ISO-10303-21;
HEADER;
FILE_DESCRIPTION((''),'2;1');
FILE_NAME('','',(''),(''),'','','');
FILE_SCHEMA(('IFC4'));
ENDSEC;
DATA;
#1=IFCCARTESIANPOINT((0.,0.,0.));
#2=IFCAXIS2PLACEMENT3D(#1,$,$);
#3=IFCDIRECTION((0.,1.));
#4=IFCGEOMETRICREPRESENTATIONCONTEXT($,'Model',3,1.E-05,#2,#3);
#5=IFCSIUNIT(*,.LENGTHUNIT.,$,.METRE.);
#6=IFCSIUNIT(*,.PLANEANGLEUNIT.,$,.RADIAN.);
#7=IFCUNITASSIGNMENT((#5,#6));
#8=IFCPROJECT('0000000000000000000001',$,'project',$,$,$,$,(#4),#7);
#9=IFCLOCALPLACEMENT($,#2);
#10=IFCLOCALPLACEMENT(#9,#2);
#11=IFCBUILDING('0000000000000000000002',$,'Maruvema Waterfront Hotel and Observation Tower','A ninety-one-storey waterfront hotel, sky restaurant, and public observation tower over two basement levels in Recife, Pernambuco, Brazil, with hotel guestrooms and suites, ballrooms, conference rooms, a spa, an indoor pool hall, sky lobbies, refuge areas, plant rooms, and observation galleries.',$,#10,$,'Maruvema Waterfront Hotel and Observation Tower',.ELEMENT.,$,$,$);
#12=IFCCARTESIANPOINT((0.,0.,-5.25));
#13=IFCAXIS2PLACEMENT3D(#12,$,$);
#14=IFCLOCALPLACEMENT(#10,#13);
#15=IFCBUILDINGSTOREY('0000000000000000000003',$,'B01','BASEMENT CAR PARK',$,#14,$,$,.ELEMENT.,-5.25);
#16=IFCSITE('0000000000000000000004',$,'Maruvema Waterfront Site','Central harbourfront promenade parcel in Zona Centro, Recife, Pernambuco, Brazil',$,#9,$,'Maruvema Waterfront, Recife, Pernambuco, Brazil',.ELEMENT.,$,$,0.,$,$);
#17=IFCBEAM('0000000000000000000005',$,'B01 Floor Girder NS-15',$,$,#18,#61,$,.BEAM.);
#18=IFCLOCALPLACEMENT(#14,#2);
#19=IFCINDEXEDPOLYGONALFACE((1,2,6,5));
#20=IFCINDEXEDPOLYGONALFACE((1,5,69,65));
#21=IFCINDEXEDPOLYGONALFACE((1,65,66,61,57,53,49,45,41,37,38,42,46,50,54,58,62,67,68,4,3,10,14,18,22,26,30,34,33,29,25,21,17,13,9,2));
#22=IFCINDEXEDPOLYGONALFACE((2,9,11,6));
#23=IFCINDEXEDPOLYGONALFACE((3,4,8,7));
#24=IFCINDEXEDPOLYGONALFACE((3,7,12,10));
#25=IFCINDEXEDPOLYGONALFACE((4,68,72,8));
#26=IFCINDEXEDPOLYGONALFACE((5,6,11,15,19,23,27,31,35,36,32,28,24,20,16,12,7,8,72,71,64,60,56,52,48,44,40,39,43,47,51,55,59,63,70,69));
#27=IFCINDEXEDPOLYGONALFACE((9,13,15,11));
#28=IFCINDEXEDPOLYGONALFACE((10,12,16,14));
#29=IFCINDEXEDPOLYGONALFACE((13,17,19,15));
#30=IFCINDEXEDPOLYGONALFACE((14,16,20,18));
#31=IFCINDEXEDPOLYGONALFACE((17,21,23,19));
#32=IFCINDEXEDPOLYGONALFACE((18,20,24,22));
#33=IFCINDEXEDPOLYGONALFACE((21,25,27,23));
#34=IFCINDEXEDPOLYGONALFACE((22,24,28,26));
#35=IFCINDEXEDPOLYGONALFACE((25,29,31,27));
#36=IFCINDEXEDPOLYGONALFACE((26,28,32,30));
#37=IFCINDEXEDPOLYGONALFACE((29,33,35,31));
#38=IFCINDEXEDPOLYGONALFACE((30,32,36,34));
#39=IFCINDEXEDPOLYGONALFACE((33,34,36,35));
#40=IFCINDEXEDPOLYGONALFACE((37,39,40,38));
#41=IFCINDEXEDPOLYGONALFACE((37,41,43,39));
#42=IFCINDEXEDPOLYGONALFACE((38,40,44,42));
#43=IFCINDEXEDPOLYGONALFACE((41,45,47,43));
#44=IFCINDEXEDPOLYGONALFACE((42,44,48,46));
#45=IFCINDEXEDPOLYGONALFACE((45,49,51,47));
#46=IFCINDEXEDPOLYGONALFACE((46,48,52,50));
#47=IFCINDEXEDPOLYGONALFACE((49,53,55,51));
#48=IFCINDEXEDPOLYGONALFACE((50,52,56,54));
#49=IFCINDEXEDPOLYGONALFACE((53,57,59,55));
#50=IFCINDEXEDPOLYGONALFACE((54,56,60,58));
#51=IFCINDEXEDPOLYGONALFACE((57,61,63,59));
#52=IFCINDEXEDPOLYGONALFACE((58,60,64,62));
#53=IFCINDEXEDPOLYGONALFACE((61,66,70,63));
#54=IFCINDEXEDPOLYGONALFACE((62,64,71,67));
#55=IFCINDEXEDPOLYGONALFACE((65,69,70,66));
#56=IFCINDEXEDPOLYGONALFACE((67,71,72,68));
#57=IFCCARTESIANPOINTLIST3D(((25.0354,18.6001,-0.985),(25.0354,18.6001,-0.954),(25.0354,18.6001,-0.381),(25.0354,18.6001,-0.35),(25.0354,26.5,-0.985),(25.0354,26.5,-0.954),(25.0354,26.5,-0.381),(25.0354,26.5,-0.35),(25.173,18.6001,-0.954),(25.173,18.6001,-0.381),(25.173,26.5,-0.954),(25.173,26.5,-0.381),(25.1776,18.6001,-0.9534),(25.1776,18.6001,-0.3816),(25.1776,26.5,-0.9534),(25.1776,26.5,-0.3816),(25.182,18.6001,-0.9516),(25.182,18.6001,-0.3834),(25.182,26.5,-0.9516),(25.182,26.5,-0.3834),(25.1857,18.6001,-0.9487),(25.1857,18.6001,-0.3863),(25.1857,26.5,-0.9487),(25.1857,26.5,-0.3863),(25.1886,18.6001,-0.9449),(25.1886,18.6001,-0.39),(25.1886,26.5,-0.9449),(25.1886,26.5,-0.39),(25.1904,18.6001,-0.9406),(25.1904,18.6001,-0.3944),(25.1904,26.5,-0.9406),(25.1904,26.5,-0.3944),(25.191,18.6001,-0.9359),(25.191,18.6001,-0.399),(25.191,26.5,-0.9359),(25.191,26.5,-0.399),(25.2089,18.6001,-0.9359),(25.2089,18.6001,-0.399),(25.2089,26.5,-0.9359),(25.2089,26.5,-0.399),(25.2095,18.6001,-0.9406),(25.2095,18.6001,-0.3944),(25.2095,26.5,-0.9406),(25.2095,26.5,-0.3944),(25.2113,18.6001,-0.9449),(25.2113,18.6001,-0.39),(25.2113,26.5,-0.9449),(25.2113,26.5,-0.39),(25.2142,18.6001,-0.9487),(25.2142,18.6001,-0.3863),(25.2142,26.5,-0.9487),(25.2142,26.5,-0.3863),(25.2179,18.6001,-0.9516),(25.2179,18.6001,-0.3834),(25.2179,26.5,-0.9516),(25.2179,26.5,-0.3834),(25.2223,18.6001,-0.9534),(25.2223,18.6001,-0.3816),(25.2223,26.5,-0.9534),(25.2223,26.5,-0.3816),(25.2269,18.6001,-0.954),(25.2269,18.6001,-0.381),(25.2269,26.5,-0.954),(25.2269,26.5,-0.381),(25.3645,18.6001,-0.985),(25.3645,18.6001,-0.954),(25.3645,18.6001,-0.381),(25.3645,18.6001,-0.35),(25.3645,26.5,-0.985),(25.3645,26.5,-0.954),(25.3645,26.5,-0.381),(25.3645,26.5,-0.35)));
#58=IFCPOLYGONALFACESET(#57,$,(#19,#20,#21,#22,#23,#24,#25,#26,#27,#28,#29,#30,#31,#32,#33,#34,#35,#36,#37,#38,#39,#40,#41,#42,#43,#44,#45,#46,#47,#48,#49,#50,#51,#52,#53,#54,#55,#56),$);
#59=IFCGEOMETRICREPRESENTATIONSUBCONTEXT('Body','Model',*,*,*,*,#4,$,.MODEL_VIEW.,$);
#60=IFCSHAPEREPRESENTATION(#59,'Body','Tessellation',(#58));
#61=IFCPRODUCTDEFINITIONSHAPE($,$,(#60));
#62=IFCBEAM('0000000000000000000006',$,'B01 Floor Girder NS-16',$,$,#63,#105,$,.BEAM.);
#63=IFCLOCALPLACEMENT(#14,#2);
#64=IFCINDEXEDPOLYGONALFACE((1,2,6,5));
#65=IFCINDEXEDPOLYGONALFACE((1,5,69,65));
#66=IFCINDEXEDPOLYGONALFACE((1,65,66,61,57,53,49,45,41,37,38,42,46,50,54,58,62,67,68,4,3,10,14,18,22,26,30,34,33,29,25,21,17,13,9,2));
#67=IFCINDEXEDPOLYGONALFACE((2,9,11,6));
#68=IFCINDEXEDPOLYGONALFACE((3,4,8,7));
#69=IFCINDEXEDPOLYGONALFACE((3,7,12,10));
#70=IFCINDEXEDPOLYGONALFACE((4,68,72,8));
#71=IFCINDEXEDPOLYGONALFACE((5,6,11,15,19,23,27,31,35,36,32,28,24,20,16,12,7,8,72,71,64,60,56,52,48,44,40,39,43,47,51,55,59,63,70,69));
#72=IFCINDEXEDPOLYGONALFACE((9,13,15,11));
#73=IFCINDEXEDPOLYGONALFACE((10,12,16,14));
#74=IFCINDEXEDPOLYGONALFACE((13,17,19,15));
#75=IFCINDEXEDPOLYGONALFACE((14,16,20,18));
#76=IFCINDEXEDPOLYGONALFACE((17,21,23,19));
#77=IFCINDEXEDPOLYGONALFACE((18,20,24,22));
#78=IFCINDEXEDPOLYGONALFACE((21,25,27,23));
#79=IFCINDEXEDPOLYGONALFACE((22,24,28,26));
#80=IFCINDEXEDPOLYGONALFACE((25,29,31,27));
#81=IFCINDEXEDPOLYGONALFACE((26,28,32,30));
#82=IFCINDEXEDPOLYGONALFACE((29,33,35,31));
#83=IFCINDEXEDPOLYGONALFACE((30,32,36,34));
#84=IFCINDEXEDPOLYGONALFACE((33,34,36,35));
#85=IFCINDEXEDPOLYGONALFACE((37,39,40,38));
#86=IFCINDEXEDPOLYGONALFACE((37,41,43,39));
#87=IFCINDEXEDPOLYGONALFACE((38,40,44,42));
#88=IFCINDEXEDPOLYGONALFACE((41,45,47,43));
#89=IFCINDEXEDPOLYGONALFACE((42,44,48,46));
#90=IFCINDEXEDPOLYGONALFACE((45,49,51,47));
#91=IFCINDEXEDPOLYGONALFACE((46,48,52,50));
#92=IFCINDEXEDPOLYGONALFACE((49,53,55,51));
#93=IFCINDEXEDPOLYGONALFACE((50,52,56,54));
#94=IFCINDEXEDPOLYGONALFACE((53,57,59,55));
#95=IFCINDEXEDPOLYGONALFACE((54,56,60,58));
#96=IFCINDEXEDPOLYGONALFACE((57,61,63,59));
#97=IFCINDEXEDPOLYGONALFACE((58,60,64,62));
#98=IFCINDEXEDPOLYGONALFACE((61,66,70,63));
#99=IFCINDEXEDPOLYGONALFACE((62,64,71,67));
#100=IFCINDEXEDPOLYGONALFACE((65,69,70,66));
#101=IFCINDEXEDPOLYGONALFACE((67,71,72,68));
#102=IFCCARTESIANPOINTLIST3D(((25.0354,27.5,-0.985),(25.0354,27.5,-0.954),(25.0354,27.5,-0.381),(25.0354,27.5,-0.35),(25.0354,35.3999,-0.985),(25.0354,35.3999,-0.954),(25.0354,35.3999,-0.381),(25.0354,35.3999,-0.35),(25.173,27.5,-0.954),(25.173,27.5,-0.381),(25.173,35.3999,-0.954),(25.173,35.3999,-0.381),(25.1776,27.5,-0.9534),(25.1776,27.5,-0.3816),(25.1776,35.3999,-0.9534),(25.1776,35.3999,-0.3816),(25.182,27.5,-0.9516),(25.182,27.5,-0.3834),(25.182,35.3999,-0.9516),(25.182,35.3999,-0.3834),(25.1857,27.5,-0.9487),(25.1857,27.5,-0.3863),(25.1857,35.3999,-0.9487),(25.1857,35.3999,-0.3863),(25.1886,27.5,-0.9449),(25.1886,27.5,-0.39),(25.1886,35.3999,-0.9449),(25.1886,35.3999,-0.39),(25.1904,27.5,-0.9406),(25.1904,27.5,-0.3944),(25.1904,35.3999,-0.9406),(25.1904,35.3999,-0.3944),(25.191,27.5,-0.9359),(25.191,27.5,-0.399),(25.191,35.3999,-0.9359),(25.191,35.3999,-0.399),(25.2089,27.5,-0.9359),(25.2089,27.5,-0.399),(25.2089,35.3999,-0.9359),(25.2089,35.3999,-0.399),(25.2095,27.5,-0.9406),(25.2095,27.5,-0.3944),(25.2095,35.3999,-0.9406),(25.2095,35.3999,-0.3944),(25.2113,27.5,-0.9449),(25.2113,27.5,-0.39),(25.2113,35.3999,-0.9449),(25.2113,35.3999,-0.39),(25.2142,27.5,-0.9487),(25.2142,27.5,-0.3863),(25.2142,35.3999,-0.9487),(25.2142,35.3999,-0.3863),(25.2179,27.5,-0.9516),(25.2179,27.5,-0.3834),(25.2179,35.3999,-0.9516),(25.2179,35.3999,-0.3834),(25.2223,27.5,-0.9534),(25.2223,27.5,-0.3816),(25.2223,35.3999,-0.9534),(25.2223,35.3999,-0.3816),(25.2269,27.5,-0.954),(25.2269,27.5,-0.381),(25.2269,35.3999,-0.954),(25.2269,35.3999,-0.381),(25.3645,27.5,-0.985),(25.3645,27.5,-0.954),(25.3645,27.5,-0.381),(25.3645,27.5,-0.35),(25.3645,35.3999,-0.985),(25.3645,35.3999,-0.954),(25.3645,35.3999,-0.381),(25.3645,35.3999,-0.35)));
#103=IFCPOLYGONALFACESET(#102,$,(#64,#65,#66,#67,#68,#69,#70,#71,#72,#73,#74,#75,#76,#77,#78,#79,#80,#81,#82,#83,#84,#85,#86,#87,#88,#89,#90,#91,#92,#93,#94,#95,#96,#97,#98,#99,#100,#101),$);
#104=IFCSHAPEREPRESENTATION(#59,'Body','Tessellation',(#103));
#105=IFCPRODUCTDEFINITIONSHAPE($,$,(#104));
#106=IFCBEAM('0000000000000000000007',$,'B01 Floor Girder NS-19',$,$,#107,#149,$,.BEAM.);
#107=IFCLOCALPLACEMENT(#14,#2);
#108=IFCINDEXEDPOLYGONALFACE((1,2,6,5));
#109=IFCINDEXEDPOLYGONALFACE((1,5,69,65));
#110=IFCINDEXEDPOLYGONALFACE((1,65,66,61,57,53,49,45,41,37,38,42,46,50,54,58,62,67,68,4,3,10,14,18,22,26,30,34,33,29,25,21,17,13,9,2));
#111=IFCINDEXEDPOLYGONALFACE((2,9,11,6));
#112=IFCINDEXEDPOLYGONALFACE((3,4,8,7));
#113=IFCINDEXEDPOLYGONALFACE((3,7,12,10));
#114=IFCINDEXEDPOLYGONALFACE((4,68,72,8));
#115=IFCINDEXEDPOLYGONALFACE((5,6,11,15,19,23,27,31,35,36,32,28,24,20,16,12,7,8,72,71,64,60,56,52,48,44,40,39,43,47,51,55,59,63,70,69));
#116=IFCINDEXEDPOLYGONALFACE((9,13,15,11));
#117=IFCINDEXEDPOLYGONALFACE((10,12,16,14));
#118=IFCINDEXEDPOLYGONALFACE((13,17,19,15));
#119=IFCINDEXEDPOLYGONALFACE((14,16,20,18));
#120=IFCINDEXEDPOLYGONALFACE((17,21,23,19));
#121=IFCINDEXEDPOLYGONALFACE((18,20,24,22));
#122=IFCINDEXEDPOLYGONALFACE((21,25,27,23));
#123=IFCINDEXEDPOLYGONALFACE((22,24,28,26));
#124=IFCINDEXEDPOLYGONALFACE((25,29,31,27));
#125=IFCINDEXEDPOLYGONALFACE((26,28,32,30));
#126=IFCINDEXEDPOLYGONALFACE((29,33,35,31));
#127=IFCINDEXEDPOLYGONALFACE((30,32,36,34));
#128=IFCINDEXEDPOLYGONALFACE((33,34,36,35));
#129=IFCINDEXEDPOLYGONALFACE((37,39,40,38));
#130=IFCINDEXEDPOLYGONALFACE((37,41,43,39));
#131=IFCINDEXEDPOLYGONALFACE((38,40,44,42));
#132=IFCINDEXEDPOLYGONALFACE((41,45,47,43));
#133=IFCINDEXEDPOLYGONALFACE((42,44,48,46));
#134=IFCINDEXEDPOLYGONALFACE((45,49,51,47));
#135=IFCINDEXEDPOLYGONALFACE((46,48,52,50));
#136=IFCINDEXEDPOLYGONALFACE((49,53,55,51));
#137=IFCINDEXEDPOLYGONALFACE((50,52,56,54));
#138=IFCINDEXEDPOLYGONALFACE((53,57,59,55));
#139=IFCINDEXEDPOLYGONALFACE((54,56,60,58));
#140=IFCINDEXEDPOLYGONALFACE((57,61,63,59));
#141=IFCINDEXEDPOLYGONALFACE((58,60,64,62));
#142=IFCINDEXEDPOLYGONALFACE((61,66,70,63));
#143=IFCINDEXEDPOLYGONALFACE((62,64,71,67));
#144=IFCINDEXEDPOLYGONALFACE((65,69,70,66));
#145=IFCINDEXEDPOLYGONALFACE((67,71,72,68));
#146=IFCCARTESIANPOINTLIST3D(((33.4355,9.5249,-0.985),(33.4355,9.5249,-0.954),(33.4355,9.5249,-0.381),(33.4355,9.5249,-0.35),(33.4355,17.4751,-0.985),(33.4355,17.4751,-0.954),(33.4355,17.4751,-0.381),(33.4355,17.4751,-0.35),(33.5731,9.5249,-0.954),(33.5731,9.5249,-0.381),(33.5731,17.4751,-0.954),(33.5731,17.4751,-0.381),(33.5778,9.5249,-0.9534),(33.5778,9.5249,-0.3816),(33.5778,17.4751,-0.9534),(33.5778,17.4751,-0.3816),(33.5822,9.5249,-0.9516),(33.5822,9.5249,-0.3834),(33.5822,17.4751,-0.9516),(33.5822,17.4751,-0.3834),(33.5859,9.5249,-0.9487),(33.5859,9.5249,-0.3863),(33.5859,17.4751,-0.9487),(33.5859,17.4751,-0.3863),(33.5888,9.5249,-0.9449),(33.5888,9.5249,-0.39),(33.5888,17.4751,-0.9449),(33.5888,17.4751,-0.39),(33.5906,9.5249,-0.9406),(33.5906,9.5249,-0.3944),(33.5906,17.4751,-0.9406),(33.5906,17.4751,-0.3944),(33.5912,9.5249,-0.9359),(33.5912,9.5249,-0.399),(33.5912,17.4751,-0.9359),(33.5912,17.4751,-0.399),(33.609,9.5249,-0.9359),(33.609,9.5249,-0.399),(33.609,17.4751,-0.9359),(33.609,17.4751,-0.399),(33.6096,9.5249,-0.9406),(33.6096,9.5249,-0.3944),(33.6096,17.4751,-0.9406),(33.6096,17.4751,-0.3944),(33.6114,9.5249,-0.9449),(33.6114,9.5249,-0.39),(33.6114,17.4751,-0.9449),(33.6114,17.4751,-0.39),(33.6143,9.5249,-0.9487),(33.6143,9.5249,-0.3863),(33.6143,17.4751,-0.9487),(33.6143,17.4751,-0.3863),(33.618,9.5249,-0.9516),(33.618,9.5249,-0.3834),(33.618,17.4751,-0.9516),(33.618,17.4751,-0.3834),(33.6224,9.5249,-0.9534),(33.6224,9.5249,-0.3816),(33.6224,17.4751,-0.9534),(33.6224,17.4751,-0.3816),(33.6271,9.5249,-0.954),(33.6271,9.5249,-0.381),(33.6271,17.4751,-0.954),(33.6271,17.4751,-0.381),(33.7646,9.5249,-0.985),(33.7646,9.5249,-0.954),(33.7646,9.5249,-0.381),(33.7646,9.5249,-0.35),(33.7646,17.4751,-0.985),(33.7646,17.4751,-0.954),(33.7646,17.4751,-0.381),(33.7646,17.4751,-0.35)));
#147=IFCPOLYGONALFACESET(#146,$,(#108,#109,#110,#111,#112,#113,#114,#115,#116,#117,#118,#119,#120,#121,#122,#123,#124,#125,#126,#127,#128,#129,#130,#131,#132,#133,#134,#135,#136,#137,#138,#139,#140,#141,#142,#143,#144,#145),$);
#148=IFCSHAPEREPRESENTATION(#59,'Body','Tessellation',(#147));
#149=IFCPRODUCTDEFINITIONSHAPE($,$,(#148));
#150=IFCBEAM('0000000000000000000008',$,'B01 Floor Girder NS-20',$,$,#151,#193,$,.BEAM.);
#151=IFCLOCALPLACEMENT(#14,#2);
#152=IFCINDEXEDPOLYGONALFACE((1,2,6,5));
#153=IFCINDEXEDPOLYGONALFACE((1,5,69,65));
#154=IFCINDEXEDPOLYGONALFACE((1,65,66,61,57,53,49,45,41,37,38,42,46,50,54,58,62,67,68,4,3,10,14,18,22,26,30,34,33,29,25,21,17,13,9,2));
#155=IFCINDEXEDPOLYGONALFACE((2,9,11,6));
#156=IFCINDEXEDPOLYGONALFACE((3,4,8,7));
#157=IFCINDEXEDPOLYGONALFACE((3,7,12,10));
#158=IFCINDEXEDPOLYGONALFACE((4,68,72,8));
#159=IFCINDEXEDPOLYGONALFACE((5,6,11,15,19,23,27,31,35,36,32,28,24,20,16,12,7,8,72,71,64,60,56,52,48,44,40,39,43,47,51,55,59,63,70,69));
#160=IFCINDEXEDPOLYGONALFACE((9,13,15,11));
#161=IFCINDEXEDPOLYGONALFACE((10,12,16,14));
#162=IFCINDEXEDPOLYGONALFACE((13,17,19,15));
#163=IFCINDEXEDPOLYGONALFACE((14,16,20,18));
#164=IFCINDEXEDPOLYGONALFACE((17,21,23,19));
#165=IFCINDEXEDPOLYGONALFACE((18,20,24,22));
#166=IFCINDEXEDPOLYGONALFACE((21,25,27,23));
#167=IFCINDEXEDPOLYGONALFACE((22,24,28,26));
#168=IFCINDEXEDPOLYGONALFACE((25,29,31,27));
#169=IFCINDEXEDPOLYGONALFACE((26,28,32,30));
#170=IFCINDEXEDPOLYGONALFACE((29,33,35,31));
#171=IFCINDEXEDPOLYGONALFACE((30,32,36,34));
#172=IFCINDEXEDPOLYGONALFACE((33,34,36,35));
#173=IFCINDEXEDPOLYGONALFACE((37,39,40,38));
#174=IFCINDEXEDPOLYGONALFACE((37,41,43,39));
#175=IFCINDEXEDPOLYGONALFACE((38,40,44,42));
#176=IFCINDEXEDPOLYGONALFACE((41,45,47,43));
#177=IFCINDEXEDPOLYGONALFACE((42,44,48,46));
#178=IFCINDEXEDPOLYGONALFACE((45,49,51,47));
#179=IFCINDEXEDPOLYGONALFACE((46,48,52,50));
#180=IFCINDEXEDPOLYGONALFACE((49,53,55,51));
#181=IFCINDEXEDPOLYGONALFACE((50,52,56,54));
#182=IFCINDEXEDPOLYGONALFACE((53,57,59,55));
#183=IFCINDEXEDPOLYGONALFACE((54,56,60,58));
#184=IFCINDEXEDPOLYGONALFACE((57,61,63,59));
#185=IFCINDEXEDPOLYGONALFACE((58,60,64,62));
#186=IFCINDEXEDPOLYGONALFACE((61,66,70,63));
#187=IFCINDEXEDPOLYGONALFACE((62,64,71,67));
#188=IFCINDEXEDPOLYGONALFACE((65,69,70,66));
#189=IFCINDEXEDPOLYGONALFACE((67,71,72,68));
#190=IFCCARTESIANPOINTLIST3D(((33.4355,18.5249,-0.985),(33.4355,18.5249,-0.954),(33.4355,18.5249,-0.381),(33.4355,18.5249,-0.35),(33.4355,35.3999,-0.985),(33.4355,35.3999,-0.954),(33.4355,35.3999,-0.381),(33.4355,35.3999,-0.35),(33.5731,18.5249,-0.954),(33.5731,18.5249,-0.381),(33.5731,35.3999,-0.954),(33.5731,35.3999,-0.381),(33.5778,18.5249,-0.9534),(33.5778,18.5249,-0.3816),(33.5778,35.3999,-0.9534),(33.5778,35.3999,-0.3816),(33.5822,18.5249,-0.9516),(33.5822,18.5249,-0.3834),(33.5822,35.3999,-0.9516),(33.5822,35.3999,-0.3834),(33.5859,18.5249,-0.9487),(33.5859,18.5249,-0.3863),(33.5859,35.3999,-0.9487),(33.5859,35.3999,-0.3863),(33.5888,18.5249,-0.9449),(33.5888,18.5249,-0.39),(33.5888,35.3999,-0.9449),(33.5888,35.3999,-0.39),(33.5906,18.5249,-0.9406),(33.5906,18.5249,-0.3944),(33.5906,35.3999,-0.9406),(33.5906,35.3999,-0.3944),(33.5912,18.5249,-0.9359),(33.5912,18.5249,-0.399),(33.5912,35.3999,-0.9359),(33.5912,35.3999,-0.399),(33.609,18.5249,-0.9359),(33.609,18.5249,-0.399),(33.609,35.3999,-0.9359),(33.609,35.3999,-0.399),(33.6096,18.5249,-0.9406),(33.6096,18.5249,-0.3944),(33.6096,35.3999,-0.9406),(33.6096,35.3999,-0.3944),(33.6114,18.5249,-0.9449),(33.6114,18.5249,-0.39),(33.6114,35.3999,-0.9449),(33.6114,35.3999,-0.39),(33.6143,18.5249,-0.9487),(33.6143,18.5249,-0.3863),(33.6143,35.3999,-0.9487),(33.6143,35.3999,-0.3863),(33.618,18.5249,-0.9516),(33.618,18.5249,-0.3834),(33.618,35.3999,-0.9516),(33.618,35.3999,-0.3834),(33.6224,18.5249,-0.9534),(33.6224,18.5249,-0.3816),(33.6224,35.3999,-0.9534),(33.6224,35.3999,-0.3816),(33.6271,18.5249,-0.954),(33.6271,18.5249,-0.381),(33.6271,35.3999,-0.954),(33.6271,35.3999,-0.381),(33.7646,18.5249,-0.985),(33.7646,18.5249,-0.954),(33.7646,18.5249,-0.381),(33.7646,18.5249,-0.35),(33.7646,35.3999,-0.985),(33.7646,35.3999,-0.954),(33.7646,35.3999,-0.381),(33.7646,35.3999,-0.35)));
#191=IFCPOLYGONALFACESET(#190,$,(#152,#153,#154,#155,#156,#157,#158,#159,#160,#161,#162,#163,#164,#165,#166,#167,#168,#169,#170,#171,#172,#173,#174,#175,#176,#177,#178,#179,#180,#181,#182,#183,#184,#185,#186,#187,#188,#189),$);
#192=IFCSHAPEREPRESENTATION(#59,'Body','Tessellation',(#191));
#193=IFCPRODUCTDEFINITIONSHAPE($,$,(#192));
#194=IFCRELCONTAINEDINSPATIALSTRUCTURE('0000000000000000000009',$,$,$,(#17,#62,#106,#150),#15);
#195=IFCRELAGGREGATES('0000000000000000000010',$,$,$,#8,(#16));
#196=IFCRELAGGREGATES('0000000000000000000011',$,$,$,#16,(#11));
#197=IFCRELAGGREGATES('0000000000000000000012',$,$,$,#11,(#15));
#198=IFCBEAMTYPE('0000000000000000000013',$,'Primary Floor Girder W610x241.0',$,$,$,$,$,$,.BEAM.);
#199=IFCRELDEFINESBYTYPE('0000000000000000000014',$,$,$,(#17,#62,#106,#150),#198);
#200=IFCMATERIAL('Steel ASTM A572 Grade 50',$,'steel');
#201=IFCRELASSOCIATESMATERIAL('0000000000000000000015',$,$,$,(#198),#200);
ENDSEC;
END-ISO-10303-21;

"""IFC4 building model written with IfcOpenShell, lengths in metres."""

from ifc_helpers import new_model, si_unit, direction, frame, origin, origin_2d, place, context, subcontext, project, spatial, i_section, extrude, material, material_profile, profile_set, type_object, element, save


model = new_model("IFC4")

# Units and contexts
model_context = context("Model", 3, precision=1e-05, world=origin(), true_north=direction((0.0, 1.0)))
body_context = subcontext(model_context, "Body", "Model", "MODEL_VIEW")
ifc_project = project(units=[si_unit("LENGTHUNIT", "METRE"), si_unit("PLANEANGLEUNIT", "RADIAN")], contexts=[model_context])

# Site, building, storey
site_placement = place(None, origin())
site = spatial("IfcSite", under=ifc_project, at=site_placement, Name="Maruvema Waterfront Site", Description="Central harbourfront promenade parcel in Zona Centro, Recife, Pernambuco, Brazil", LongName="Maruvema Waterfront, Recife, Pernambuco, Brazil", CompositionType="ELEMENT", RefElevation=0.0)
building_placement = place(site_placement, origin())
building = spatial("IfcBuilding", under=site, at=building_placement, Name="Maruvema Waterfront Hotel and Observation Tower", Description="A ninety-one-storey waterfront hotel, sky restaurant, and public observation tower over two basement levels in Recife, Pernambuco, Brazil, with hotel guestrooms and suites, ballrooms, conference rooms, a spa, an indoor pool hall, sky lobbies, refuge areas, plant rooms, and observation galleries.", LongName="Maruvema Waterfront Hotel and Observation Tower", CompositionType="ELEMENT")
storey_placement = place(building_placement, frame((0.0, 0.0, -5.25)))
storey = spatial("IfcBuildingStorey", under=building, at=storey_placement, Name="B01", Description="BASEMENT CAR PARK", CompositionType="ELEMENT", Elevation=-5.25)

# Beams
ifc_material_1 = material(Name="Steel ASTM A572 Grade 50", Category="steel")
ifc_material_profile_1 = material_profile(ifc_material_1, i_section(OverallWidth=0.3291, OverallDepth=0.635, WebThickness=0.0178, FlangeThickness=0.031, FilletRadius=0.0181, at=origin_2d()), Name="W610x241.0")
ifc_profile_set_1 = profile_set([ifc_material_profile_1], Name="Steel ASTM A572 Grade 50")
beam_type_1 = type_object("IfcBeamType", Name="Primary Floor Girder W610x241.0", PredefinedType="BEAM", material=ifc_profile_set_1)
for number, where, z_axis, x_axis, name in (
    (1, (25.2, 18.6001, -0.6675), (0.0, 1.0, 0.0), (-1.0, 0.0, 0.0), "B01 Floor Girder NS-15"),
    (2, (25.2, 27.5, -0.6675), (0.0, 1.0, 0.0), (-1.0, 0.0, 0.0), "B01 Floor Girder NS-16"),
):
    element("IfcBeam", number, at=place(storey_placement, frame(where, z_axis=z_axis, x_axis=x_axis)), inside=storey, type_object=beam_type_1, Name=name, PredefinedType="BEAM", context=body_context, shape_type="SweptSolid", body=[
        extrude(i_section(OverallWidth=0.3291, OverallDepth=0.635, WebThickness=0.0178, FlangeThickness=0.031, FilletRadius=0.0181, at=origin_2d()), origin(), (0.0, 0.0, 1.0), 7.8999),
    ])
beam_1_placement = place(storey_placement, frame((33.6001, 9.5249, -0.6675), z_axis=(0.0, 1.0, 0.0), x_axis=(-1.0, 0.0, 0.0)))
element("IfcBeam", 3, at=beam_1_placement, inside=storey, type_object=beam_type_1, Name="B01 Floor Girder NS-19", PredefinedType="BEAM", context=body_context, shape_type="SweptSolid", body=[
    extrude(i_section(OverallWidth=0.3291, OverallDepth=0.635, WebThickness=0.0178, FlangeThickness=0.031, FilletRadius=0.0181, at=origin_2d()), origin(), (0.0, 0.0, 1.0), 7.9502),
])
beam_2_placement = place(storey_placement, frame((33.6001, 18.5249, -0.6675), z_axis=(0.0, 1.0, 0.0), x_axis=(-1.0, 0.0, 0.0)))
element("IfcBeam", 4, at=beam_2_placement, inside=storey, type_object=beam_type_1, Name="B01 Floor Girder NS-20", PredefinedType="BEAM", context=body_context, shape_type="SweptSolid", body=[
    extrude(i_section(OverallWidth=0.3291, OverallDepth=0.635, WebThickness=0.0178, FlangeThickness=0.031, FilletRadius=0.0181, at=origin_2d()), origin(), (0.0, 0.0, 1.0), 16.875),
])

save(model, "model.ifc")
